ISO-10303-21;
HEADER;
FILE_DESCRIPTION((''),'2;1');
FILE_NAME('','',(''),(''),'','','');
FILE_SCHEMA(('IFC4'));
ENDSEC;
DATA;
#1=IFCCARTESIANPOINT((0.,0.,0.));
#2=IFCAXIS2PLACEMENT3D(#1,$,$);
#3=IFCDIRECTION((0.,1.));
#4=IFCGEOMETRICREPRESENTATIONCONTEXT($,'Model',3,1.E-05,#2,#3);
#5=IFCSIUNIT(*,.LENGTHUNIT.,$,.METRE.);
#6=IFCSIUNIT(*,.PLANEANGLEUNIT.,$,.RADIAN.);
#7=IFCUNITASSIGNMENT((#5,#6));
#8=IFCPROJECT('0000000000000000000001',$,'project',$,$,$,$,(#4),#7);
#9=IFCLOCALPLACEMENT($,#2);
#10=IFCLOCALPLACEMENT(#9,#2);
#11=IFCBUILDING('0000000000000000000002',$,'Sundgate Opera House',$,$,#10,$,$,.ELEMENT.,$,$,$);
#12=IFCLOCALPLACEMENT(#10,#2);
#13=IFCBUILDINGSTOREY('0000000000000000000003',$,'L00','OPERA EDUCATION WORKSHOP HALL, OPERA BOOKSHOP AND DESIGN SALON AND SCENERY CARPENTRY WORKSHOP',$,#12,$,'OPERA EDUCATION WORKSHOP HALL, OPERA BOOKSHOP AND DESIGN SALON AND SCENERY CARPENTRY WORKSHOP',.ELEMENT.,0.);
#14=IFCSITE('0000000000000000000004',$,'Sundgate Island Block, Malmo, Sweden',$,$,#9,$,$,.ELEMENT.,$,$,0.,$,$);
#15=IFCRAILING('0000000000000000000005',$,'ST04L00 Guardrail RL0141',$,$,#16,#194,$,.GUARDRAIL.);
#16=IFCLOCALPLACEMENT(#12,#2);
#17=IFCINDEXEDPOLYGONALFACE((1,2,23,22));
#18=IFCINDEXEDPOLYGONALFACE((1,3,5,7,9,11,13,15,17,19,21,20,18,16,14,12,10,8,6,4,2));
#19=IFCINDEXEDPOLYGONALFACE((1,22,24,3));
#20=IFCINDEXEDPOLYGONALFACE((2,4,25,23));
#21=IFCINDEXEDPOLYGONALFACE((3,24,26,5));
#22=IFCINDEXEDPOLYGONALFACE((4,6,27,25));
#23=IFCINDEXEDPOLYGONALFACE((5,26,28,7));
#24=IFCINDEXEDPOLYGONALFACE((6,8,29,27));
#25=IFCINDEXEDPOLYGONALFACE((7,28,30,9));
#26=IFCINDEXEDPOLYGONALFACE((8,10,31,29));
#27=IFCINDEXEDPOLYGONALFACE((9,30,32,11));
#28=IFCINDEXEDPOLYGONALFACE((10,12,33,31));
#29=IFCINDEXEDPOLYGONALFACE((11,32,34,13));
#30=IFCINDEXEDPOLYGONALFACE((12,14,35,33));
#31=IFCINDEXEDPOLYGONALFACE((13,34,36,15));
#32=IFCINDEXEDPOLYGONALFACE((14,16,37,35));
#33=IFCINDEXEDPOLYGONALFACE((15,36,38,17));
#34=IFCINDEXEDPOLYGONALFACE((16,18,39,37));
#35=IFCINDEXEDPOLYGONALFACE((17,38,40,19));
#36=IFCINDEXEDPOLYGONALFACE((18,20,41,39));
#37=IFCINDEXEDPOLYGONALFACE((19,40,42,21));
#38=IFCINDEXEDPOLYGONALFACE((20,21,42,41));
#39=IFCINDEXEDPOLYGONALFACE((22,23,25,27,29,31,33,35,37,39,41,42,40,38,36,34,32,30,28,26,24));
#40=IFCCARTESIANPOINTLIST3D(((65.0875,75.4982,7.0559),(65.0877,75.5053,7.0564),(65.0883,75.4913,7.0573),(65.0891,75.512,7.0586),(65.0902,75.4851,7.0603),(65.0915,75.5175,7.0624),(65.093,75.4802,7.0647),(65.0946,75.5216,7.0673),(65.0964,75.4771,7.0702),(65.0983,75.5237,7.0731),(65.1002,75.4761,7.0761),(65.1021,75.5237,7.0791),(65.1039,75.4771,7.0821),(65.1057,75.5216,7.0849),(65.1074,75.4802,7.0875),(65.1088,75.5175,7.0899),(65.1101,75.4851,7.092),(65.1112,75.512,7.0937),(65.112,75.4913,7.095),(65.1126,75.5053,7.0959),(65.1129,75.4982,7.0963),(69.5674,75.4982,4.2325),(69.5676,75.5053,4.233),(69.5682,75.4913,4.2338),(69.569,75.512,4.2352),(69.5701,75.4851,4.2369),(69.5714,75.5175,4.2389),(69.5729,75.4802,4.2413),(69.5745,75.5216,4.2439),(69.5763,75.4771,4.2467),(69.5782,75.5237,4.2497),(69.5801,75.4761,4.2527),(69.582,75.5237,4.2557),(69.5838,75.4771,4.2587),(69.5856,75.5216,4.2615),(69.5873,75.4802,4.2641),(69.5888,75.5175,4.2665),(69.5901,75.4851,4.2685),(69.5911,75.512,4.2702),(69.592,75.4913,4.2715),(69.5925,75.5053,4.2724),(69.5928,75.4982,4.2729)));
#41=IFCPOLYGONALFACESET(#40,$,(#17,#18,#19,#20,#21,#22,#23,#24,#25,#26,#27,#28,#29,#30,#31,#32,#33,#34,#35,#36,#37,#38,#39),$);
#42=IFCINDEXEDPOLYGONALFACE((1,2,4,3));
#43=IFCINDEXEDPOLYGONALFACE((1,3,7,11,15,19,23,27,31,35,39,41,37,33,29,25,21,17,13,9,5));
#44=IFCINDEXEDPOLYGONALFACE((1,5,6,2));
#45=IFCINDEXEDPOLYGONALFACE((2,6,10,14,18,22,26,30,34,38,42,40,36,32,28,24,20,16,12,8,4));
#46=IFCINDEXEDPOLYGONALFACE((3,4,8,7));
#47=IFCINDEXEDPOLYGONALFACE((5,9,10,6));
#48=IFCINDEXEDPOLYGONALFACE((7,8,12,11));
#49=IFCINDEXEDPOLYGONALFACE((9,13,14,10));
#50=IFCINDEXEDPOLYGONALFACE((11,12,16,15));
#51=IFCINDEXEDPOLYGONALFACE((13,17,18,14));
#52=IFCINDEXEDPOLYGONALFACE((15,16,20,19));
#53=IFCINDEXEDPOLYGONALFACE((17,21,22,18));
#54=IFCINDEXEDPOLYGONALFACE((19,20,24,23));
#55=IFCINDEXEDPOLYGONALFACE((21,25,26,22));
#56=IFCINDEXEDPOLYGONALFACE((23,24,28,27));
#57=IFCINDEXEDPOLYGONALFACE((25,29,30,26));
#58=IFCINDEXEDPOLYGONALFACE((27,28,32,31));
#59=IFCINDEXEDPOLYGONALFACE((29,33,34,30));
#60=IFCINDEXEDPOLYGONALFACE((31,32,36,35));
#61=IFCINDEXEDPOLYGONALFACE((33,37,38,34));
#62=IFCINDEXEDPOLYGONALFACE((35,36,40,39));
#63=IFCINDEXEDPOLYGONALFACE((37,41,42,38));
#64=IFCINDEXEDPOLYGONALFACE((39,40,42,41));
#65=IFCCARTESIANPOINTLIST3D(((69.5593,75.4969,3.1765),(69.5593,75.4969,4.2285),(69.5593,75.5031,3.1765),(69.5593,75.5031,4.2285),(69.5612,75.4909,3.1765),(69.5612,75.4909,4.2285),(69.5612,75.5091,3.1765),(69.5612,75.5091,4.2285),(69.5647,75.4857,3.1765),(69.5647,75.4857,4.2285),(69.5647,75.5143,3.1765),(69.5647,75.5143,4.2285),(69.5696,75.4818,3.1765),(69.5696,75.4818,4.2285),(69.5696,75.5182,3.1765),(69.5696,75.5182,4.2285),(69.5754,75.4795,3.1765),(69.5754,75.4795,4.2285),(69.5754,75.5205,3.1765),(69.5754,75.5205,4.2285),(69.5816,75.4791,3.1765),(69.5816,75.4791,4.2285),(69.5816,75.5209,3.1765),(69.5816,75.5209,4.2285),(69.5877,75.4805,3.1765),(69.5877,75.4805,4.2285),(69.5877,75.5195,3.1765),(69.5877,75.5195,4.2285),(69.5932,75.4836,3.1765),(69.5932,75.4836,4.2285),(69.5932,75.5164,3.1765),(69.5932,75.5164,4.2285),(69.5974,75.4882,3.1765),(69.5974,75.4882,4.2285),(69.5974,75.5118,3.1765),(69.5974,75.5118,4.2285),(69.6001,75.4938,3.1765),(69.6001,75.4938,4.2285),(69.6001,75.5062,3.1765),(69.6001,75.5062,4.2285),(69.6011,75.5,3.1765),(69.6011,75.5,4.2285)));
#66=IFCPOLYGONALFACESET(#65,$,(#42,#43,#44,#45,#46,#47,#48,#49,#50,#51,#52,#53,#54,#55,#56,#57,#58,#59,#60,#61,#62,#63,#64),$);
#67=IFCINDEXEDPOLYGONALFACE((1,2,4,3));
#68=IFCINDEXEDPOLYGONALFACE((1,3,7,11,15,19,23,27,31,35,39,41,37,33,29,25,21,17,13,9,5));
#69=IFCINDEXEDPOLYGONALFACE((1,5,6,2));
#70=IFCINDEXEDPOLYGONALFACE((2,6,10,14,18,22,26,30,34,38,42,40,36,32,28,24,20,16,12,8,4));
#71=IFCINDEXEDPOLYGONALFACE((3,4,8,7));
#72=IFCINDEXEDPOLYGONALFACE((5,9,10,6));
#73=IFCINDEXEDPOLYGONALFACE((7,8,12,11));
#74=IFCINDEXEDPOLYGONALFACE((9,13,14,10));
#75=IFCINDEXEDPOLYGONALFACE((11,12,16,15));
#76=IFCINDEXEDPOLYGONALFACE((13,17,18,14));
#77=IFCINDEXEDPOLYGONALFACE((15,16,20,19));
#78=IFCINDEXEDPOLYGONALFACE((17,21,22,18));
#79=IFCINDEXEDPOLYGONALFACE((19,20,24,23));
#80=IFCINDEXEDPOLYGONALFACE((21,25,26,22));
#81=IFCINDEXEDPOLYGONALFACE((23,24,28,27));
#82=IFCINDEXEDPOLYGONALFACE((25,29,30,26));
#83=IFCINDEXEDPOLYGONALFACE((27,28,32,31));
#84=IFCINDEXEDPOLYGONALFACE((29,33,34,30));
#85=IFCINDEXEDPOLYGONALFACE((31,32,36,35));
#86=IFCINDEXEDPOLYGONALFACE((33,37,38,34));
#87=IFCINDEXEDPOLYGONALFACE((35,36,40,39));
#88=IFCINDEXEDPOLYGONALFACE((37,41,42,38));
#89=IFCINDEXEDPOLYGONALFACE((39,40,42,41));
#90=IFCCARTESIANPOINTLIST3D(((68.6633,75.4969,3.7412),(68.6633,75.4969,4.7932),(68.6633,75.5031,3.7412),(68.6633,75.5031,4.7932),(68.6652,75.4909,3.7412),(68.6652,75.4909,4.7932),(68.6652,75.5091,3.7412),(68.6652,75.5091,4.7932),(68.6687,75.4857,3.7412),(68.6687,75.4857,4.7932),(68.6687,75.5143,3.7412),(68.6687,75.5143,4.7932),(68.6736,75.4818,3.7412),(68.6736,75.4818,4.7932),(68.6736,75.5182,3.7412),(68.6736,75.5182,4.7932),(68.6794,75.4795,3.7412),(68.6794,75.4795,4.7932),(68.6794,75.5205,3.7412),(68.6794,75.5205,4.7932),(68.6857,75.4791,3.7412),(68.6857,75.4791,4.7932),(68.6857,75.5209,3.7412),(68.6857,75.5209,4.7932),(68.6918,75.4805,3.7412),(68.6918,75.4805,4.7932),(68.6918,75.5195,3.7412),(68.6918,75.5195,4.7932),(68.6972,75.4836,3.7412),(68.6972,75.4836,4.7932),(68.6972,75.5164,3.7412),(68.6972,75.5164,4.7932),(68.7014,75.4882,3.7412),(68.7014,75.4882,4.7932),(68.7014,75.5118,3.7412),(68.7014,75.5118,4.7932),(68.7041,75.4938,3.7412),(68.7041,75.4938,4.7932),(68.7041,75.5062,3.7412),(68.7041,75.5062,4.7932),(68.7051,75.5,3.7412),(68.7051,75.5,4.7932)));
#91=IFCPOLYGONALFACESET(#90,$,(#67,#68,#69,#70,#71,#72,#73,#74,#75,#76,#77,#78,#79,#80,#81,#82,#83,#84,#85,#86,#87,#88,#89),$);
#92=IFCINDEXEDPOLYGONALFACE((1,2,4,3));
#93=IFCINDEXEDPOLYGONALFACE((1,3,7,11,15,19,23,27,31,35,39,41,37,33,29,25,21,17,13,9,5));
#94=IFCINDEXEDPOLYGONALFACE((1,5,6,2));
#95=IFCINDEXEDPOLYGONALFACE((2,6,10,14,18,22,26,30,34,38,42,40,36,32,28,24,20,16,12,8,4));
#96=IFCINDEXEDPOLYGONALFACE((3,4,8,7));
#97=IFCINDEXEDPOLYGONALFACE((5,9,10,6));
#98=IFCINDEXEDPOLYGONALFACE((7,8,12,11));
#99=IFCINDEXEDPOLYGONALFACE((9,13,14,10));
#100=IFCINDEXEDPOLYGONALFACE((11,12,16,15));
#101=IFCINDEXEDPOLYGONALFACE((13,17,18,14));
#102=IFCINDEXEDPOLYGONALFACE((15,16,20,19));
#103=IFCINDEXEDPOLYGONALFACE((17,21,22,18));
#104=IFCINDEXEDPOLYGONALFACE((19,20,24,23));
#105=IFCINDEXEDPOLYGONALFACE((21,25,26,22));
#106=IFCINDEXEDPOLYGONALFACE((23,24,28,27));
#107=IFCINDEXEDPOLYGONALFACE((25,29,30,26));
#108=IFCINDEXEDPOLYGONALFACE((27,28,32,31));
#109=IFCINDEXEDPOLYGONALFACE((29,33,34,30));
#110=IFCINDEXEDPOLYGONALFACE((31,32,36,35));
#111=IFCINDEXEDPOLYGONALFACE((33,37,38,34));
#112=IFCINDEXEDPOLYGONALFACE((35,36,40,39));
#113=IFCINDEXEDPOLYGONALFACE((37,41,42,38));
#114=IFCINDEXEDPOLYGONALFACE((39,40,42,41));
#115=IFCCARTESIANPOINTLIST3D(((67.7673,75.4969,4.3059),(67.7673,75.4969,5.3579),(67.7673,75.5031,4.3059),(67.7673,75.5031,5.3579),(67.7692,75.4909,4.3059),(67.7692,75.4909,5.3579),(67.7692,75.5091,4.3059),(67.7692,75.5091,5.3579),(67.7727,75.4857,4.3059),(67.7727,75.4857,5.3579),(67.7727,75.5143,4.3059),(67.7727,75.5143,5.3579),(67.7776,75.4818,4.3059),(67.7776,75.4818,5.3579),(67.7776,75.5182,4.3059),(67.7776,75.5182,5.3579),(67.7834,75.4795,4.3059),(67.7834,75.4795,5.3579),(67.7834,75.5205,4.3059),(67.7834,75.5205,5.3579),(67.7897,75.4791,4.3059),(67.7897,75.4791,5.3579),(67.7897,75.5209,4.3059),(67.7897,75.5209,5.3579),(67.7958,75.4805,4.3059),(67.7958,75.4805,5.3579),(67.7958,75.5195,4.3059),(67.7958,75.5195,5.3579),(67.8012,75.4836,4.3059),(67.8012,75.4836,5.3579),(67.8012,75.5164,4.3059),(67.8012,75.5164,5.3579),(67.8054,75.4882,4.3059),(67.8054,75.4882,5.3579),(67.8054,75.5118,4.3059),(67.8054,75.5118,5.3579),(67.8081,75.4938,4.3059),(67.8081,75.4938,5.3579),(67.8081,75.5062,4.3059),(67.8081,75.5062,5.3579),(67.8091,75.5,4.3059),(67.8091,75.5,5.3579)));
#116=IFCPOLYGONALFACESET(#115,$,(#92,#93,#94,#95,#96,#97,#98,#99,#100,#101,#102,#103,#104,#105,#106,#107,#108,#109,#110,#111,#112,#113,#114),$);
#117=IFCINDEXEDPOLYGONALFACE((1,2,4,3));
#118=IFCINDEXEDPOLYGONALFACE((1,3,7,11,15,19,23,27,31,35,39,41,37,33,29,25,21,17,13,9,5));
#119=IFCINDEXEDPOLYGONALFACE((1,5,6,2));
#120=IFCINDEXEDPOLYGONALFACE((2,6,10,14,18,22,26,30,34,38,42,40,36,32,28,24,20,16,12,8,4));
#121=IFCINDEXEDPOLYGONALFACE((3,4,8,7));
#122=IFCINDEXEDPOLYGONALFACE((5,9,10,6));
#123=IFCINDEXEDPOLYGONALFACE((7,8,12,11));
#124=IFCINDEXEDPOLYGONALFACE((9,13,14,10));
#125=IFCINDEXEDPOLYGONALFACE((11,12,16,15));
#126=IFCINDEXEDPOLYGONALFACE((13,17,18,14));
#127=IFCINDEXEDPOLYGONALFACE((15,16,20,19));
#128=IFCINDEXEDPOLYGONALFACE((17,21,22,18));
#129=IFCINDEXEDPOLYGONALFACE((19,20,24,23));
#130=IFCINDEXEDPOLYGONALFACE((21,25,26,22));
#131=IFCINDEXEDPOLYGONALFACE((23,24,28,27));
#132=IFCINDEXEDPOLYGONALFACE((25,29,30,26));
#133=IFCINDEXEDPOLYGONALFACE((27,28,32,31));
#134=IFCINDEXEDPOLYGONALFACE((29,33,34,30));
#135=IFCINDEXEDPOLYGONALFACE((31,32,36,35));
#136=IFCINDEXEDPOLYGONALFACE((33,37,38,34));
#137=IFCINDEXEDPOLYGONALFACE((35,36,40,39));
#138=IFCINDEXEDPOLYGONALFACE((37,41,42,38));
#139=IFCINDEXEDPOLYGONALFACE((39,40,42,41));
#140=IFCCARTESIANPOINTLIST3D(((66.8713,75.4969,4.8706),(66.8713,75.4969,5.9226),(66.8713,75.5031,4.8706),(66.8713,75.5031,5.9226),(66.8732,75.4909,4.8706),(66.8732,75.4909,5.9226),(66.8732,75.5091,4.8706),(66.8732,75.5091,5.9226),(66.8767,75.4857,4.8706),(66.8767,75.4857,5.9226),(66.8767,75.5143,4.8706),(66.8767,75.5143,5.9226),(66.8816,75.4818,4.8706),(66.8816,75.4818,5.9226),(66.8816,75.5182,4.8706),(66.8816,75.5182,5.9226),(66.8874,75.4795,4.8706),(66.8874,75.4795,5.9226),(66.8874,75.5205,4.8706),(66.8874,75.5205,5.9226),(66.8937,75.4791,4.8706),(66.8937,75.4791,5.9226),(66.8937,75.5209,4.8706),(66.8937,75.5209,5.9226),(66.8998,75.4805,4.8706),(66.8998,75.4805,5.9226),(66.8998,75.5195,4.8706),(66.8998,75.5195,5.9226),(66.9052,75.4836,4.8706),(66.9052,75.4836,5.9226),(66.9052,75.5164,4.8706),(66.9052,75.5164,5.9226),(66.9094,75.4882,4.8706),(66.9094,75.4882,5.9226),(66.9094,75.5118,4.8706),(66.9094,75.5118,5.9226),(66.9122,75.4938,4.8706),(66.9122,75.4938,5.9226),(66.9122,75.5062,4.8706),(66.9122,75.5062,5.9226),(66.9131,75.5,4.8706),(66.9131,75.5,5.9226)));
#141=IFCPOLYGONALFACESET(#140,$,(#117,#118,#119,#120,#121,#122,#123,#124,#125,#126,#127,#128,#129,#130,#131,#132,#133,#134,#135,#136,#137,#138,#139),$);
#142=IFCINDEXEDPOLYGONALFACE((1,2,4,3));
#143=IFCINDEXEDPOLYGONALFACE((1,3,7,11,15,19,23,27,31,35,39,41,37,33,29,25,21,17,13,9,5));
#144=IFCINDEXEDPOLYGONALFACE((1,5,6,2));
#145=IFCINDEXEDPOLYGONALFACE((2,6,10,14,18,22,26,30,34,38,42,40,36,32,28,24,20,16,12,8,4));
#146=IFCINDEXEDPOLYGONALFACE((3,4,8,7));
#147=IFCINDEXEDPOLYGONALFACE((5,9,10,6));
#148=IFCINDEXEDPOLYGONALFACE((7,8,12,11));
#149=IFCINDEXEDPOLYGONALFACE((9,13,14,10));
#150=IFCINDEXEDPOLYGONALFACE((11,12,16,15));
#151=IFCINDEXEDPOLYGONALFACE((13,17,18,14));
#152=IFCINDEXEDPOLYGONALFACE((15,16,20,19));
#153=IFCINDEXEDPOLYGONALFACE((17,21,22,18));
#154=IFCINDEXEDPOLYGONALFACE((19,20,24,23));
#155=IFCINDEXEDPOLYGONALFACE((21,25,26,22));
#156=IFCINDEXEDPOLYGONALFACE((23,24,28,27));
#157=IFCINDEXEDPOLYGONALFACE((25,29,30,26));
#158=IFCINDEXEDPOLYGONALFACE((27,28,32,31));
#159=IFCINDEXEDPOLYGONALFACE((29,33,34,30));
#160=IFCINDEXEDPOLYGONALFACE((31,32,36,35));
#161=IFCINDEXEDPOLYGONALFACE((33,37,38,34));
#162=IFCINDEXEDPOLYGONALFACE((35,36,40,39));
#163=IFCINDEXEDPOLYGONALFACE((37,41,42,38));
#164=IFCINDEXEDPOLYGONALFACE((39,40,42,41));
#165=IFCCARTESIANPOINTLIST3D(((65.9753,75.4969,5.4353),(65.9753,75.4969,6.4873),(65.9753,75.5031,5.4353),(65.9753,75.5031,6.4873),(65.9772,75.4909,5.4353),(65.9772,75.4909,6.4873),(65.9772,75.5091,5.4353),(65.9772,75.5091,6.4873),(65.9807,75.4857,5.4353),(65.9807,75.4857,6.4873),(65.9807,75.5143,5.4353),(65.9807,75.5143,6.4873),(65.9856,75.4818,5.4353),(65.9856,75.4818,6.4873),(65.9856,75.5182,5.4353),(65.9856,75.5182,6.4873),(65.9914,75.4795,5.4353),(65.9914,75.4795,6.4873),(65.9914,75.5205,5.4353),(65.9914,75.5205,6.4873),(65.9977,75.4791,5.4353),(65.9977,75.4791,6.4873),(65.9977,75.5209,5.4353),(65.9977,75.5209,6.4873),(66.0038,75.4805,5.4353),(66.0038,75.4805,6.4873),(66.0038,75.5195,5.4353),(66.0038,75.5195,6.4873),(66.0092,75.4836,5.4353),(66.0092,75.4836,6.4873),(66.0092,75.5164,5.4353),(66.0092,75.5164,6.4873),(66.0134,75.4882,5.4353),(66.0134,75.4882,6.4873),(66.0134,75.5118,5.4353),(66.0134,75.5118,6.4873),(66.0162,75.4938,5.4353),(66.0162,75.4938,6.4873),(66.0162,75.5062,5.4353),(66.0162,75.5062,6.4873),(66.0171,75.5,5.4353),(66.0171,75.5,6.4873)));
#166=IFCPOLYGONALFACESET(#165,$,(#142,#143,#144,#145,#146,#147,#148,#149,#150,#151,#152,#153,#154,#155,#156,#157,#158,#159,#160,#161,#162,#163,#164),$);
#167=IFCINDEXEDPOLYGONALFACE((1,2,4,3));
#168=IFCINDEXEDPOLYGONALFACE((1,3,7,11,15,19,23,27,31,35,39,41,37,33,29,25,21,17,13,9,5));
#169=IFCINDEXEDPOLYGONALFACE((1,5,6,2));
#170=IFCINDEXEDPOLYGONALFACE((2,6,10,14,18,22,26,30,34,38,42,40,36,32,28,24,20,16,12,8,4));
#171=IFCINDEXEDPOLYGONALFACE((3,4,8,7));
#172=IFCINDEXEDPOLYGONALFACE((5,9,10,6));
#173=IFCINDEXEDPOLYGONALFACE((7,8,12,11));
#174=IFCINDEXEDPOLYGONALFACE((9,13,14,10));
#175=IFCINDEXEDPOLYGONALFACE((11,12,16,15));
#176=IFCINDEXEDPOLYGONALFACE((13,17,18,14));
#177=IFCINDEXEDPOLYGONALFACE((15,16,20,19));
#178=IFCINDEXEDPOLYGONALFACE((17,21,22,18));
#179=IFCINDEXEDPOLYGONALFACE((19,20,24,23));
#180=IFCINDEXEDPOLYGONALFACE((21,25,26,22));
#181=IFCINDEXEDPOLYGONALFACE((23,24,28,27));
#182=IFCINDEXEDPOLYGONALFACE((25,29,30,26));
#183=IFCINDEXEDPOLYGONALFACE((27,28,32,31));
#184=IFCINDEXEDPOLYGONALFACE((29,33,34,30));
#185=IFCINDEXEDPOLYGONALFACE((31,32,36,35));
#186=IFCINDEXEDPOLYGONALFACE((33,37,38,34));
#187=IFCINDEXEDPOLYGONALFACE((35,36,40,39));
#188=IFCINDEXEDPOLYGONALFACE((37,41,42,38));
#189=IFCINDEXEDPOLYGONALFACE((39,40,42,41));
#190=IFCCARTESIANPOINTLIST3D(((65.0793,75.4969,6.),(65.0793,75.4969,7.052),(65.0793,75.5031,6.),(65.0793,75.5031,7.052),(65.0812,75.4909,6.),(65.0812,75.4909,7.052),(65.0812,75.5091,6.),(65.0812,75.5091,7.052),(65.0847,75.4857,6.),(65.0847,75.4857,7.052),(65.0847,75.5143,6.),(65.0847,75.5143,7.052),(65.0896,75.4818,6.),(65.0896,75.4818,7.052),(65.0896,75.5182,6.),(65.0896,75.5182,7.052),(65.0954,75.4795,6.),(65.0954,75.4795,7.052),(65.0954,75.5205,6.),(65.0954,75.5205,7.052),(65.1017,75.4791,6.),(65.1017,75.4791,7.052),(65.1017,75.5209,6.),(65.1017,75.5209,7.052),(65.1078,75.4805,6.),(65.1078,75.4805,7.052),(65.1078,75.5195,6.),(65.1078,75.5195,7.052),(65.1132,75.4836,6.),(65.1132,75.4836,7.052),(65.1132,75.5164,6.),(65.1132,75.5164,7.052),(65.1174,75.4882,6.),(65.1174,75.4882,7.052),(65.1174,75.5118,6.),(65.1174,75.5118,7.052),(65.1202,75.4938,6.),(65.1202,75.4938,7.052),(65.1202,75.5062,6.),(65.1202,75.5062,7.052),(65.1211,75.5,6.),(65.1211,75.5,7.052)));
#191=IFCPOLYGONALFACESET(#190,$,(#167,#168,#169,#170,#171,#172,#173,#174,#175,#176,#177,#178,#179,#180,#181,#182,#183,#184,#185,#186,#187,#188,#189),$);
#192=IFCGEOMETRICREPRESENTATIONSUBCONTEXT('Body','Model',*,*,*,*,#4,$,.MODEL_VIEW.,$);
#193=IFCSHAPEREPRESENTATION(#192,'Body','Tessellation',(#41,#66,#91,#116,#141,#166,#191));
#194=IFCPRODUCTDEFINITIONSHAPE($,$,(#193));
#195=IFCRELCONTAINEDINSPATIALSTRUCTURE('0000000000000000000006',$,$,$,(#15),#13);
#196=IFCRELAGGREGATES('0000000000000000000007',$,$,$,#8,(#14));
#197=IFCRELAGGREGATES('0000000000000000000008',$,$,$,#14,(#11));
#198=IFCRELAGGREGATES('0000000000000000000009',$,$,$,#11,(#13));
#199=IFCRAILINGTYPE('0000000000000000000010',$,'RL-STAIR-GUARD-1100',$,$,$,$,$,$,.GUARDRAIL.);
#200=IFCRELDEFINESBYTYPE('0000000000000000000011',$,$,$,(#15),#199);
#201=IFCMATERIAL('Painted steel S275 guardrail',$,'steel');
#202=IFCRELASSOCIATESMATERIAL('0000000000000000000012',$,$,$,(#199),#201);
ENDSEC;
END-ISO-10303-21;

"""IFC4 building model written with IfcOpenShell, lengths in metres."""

from ifc_helpers import new_model, si_unit, direction, frame, origin, origin_2d, place, context, subcontext, project, spatial, circle, extrude, material, type_object, element, save


model = new_model("IFC4")

# Units and contexts
model_context = context("Model", 3, precision=1e-05, world=origin(), true_north=direction((0.0, 1.0)))
body_context = subcontext(model_context, "Body", "Model", "MODEL_VIEW")
ifc_project = project(units=[si_unit("LENGTHUNIT", "METRE"), si_unit("PLANEANGLEUNIT", "RADIAN")], contexts=[model_context])

# Site, building, storey
site_placement = place(None, origin())
site = spatial("IfcSite", under=ifc_project, at=site_placement, Name="Sundgate Island Block, Malmo, Sweden", CompositionType="ELEMENT", RefElevation=0.0)
building_placement = place(site_placement, origin())
building = spatial("IfcBuilding", under=site, at=building_placement, Name="Sundgate Opera House", CompositionType="ELEMENT")
storey_placement = place(building_placement, origin())
storey = spatial("IfcBuildingStorey", under=building, at=storey_placement, Name="L00", Description="OPERA EDUCATION WORKSHOP HALL, OPERA BOOKSHOP AND DESIGN SALON AND SCENERY CARPENTRY WORKSHOP", LongName="OPERA EDUCATION WORKSHOP HALL, OPERA BOOKSHOP AND DESIGN SALON AND SCENERY CARPENTRY WORKSHOP", CompositionType="ELEMENT", Elevation=0.0)

# Railing
ifc_material_1 = material(Name="Painted steel S275 guardrail", Category="steel")
railing_type_1 = type_object("IfcRailingType", Name="RL-STAIR-GUARD-1100", PredefinedType="GUARDRAIL", material=ifc_material_1)
railing_1_placement = place(storey_placement, frame((69.5801, 75.5, 3.1765)))
element("IfcRailing", 1, at=railing_1_placement, inside=storey, type_object=railing_type_1, Name="ST04L00 Guardrail RL0141", PredefinedType="GUARDRAIL", context=body_context, shape_type="SweptSolid", body=[
    extrude(circle(Radius=0.0239, at=origin_2d()), frame((0.0, 0.0, 1.0762), z_axis=(-0.845998, 0.0, 0.533186), x_axis=(0.0, -1.0, 0.0)), (0.0, 0.0, 1.0), 5.2954),
    extrude(circle(Radius=0.021, at=origin_2d()), origin(), (0.0, 0.0, 1.0), 1.052),
    extrude(circle(Radius=0.021, at=origin_2d()), frame((-0.896, 0.0, 0.5647)), (0.0, 0.0, 1.0), 1.052),
    extrude(circle(Radius=0.021, at=origin_2d()), frame((-1.792, 0.0, 1.1294)), (0.0, 0.0, 1.0), 1.052),
    extrude(circle(Radius=0.021, at=origin_2d()), frame((-2.688, 0.0, 1.6941)), (0.0, 0.0, 1.0), 1.052),
    extrude(circle(Radius=0.021, at=origin_2d()), frame((-3.584, 0.0, 2.2588)), (0.0, 0.0, 1.0), 1.052),
    extrude(circle(Radius=0.021, at=origin_2d()), frame((-4.48, 0.0, 2.8235)), (0.0, 0.0, 1.0), 1.052),
])

save(model, "model.ifc")
